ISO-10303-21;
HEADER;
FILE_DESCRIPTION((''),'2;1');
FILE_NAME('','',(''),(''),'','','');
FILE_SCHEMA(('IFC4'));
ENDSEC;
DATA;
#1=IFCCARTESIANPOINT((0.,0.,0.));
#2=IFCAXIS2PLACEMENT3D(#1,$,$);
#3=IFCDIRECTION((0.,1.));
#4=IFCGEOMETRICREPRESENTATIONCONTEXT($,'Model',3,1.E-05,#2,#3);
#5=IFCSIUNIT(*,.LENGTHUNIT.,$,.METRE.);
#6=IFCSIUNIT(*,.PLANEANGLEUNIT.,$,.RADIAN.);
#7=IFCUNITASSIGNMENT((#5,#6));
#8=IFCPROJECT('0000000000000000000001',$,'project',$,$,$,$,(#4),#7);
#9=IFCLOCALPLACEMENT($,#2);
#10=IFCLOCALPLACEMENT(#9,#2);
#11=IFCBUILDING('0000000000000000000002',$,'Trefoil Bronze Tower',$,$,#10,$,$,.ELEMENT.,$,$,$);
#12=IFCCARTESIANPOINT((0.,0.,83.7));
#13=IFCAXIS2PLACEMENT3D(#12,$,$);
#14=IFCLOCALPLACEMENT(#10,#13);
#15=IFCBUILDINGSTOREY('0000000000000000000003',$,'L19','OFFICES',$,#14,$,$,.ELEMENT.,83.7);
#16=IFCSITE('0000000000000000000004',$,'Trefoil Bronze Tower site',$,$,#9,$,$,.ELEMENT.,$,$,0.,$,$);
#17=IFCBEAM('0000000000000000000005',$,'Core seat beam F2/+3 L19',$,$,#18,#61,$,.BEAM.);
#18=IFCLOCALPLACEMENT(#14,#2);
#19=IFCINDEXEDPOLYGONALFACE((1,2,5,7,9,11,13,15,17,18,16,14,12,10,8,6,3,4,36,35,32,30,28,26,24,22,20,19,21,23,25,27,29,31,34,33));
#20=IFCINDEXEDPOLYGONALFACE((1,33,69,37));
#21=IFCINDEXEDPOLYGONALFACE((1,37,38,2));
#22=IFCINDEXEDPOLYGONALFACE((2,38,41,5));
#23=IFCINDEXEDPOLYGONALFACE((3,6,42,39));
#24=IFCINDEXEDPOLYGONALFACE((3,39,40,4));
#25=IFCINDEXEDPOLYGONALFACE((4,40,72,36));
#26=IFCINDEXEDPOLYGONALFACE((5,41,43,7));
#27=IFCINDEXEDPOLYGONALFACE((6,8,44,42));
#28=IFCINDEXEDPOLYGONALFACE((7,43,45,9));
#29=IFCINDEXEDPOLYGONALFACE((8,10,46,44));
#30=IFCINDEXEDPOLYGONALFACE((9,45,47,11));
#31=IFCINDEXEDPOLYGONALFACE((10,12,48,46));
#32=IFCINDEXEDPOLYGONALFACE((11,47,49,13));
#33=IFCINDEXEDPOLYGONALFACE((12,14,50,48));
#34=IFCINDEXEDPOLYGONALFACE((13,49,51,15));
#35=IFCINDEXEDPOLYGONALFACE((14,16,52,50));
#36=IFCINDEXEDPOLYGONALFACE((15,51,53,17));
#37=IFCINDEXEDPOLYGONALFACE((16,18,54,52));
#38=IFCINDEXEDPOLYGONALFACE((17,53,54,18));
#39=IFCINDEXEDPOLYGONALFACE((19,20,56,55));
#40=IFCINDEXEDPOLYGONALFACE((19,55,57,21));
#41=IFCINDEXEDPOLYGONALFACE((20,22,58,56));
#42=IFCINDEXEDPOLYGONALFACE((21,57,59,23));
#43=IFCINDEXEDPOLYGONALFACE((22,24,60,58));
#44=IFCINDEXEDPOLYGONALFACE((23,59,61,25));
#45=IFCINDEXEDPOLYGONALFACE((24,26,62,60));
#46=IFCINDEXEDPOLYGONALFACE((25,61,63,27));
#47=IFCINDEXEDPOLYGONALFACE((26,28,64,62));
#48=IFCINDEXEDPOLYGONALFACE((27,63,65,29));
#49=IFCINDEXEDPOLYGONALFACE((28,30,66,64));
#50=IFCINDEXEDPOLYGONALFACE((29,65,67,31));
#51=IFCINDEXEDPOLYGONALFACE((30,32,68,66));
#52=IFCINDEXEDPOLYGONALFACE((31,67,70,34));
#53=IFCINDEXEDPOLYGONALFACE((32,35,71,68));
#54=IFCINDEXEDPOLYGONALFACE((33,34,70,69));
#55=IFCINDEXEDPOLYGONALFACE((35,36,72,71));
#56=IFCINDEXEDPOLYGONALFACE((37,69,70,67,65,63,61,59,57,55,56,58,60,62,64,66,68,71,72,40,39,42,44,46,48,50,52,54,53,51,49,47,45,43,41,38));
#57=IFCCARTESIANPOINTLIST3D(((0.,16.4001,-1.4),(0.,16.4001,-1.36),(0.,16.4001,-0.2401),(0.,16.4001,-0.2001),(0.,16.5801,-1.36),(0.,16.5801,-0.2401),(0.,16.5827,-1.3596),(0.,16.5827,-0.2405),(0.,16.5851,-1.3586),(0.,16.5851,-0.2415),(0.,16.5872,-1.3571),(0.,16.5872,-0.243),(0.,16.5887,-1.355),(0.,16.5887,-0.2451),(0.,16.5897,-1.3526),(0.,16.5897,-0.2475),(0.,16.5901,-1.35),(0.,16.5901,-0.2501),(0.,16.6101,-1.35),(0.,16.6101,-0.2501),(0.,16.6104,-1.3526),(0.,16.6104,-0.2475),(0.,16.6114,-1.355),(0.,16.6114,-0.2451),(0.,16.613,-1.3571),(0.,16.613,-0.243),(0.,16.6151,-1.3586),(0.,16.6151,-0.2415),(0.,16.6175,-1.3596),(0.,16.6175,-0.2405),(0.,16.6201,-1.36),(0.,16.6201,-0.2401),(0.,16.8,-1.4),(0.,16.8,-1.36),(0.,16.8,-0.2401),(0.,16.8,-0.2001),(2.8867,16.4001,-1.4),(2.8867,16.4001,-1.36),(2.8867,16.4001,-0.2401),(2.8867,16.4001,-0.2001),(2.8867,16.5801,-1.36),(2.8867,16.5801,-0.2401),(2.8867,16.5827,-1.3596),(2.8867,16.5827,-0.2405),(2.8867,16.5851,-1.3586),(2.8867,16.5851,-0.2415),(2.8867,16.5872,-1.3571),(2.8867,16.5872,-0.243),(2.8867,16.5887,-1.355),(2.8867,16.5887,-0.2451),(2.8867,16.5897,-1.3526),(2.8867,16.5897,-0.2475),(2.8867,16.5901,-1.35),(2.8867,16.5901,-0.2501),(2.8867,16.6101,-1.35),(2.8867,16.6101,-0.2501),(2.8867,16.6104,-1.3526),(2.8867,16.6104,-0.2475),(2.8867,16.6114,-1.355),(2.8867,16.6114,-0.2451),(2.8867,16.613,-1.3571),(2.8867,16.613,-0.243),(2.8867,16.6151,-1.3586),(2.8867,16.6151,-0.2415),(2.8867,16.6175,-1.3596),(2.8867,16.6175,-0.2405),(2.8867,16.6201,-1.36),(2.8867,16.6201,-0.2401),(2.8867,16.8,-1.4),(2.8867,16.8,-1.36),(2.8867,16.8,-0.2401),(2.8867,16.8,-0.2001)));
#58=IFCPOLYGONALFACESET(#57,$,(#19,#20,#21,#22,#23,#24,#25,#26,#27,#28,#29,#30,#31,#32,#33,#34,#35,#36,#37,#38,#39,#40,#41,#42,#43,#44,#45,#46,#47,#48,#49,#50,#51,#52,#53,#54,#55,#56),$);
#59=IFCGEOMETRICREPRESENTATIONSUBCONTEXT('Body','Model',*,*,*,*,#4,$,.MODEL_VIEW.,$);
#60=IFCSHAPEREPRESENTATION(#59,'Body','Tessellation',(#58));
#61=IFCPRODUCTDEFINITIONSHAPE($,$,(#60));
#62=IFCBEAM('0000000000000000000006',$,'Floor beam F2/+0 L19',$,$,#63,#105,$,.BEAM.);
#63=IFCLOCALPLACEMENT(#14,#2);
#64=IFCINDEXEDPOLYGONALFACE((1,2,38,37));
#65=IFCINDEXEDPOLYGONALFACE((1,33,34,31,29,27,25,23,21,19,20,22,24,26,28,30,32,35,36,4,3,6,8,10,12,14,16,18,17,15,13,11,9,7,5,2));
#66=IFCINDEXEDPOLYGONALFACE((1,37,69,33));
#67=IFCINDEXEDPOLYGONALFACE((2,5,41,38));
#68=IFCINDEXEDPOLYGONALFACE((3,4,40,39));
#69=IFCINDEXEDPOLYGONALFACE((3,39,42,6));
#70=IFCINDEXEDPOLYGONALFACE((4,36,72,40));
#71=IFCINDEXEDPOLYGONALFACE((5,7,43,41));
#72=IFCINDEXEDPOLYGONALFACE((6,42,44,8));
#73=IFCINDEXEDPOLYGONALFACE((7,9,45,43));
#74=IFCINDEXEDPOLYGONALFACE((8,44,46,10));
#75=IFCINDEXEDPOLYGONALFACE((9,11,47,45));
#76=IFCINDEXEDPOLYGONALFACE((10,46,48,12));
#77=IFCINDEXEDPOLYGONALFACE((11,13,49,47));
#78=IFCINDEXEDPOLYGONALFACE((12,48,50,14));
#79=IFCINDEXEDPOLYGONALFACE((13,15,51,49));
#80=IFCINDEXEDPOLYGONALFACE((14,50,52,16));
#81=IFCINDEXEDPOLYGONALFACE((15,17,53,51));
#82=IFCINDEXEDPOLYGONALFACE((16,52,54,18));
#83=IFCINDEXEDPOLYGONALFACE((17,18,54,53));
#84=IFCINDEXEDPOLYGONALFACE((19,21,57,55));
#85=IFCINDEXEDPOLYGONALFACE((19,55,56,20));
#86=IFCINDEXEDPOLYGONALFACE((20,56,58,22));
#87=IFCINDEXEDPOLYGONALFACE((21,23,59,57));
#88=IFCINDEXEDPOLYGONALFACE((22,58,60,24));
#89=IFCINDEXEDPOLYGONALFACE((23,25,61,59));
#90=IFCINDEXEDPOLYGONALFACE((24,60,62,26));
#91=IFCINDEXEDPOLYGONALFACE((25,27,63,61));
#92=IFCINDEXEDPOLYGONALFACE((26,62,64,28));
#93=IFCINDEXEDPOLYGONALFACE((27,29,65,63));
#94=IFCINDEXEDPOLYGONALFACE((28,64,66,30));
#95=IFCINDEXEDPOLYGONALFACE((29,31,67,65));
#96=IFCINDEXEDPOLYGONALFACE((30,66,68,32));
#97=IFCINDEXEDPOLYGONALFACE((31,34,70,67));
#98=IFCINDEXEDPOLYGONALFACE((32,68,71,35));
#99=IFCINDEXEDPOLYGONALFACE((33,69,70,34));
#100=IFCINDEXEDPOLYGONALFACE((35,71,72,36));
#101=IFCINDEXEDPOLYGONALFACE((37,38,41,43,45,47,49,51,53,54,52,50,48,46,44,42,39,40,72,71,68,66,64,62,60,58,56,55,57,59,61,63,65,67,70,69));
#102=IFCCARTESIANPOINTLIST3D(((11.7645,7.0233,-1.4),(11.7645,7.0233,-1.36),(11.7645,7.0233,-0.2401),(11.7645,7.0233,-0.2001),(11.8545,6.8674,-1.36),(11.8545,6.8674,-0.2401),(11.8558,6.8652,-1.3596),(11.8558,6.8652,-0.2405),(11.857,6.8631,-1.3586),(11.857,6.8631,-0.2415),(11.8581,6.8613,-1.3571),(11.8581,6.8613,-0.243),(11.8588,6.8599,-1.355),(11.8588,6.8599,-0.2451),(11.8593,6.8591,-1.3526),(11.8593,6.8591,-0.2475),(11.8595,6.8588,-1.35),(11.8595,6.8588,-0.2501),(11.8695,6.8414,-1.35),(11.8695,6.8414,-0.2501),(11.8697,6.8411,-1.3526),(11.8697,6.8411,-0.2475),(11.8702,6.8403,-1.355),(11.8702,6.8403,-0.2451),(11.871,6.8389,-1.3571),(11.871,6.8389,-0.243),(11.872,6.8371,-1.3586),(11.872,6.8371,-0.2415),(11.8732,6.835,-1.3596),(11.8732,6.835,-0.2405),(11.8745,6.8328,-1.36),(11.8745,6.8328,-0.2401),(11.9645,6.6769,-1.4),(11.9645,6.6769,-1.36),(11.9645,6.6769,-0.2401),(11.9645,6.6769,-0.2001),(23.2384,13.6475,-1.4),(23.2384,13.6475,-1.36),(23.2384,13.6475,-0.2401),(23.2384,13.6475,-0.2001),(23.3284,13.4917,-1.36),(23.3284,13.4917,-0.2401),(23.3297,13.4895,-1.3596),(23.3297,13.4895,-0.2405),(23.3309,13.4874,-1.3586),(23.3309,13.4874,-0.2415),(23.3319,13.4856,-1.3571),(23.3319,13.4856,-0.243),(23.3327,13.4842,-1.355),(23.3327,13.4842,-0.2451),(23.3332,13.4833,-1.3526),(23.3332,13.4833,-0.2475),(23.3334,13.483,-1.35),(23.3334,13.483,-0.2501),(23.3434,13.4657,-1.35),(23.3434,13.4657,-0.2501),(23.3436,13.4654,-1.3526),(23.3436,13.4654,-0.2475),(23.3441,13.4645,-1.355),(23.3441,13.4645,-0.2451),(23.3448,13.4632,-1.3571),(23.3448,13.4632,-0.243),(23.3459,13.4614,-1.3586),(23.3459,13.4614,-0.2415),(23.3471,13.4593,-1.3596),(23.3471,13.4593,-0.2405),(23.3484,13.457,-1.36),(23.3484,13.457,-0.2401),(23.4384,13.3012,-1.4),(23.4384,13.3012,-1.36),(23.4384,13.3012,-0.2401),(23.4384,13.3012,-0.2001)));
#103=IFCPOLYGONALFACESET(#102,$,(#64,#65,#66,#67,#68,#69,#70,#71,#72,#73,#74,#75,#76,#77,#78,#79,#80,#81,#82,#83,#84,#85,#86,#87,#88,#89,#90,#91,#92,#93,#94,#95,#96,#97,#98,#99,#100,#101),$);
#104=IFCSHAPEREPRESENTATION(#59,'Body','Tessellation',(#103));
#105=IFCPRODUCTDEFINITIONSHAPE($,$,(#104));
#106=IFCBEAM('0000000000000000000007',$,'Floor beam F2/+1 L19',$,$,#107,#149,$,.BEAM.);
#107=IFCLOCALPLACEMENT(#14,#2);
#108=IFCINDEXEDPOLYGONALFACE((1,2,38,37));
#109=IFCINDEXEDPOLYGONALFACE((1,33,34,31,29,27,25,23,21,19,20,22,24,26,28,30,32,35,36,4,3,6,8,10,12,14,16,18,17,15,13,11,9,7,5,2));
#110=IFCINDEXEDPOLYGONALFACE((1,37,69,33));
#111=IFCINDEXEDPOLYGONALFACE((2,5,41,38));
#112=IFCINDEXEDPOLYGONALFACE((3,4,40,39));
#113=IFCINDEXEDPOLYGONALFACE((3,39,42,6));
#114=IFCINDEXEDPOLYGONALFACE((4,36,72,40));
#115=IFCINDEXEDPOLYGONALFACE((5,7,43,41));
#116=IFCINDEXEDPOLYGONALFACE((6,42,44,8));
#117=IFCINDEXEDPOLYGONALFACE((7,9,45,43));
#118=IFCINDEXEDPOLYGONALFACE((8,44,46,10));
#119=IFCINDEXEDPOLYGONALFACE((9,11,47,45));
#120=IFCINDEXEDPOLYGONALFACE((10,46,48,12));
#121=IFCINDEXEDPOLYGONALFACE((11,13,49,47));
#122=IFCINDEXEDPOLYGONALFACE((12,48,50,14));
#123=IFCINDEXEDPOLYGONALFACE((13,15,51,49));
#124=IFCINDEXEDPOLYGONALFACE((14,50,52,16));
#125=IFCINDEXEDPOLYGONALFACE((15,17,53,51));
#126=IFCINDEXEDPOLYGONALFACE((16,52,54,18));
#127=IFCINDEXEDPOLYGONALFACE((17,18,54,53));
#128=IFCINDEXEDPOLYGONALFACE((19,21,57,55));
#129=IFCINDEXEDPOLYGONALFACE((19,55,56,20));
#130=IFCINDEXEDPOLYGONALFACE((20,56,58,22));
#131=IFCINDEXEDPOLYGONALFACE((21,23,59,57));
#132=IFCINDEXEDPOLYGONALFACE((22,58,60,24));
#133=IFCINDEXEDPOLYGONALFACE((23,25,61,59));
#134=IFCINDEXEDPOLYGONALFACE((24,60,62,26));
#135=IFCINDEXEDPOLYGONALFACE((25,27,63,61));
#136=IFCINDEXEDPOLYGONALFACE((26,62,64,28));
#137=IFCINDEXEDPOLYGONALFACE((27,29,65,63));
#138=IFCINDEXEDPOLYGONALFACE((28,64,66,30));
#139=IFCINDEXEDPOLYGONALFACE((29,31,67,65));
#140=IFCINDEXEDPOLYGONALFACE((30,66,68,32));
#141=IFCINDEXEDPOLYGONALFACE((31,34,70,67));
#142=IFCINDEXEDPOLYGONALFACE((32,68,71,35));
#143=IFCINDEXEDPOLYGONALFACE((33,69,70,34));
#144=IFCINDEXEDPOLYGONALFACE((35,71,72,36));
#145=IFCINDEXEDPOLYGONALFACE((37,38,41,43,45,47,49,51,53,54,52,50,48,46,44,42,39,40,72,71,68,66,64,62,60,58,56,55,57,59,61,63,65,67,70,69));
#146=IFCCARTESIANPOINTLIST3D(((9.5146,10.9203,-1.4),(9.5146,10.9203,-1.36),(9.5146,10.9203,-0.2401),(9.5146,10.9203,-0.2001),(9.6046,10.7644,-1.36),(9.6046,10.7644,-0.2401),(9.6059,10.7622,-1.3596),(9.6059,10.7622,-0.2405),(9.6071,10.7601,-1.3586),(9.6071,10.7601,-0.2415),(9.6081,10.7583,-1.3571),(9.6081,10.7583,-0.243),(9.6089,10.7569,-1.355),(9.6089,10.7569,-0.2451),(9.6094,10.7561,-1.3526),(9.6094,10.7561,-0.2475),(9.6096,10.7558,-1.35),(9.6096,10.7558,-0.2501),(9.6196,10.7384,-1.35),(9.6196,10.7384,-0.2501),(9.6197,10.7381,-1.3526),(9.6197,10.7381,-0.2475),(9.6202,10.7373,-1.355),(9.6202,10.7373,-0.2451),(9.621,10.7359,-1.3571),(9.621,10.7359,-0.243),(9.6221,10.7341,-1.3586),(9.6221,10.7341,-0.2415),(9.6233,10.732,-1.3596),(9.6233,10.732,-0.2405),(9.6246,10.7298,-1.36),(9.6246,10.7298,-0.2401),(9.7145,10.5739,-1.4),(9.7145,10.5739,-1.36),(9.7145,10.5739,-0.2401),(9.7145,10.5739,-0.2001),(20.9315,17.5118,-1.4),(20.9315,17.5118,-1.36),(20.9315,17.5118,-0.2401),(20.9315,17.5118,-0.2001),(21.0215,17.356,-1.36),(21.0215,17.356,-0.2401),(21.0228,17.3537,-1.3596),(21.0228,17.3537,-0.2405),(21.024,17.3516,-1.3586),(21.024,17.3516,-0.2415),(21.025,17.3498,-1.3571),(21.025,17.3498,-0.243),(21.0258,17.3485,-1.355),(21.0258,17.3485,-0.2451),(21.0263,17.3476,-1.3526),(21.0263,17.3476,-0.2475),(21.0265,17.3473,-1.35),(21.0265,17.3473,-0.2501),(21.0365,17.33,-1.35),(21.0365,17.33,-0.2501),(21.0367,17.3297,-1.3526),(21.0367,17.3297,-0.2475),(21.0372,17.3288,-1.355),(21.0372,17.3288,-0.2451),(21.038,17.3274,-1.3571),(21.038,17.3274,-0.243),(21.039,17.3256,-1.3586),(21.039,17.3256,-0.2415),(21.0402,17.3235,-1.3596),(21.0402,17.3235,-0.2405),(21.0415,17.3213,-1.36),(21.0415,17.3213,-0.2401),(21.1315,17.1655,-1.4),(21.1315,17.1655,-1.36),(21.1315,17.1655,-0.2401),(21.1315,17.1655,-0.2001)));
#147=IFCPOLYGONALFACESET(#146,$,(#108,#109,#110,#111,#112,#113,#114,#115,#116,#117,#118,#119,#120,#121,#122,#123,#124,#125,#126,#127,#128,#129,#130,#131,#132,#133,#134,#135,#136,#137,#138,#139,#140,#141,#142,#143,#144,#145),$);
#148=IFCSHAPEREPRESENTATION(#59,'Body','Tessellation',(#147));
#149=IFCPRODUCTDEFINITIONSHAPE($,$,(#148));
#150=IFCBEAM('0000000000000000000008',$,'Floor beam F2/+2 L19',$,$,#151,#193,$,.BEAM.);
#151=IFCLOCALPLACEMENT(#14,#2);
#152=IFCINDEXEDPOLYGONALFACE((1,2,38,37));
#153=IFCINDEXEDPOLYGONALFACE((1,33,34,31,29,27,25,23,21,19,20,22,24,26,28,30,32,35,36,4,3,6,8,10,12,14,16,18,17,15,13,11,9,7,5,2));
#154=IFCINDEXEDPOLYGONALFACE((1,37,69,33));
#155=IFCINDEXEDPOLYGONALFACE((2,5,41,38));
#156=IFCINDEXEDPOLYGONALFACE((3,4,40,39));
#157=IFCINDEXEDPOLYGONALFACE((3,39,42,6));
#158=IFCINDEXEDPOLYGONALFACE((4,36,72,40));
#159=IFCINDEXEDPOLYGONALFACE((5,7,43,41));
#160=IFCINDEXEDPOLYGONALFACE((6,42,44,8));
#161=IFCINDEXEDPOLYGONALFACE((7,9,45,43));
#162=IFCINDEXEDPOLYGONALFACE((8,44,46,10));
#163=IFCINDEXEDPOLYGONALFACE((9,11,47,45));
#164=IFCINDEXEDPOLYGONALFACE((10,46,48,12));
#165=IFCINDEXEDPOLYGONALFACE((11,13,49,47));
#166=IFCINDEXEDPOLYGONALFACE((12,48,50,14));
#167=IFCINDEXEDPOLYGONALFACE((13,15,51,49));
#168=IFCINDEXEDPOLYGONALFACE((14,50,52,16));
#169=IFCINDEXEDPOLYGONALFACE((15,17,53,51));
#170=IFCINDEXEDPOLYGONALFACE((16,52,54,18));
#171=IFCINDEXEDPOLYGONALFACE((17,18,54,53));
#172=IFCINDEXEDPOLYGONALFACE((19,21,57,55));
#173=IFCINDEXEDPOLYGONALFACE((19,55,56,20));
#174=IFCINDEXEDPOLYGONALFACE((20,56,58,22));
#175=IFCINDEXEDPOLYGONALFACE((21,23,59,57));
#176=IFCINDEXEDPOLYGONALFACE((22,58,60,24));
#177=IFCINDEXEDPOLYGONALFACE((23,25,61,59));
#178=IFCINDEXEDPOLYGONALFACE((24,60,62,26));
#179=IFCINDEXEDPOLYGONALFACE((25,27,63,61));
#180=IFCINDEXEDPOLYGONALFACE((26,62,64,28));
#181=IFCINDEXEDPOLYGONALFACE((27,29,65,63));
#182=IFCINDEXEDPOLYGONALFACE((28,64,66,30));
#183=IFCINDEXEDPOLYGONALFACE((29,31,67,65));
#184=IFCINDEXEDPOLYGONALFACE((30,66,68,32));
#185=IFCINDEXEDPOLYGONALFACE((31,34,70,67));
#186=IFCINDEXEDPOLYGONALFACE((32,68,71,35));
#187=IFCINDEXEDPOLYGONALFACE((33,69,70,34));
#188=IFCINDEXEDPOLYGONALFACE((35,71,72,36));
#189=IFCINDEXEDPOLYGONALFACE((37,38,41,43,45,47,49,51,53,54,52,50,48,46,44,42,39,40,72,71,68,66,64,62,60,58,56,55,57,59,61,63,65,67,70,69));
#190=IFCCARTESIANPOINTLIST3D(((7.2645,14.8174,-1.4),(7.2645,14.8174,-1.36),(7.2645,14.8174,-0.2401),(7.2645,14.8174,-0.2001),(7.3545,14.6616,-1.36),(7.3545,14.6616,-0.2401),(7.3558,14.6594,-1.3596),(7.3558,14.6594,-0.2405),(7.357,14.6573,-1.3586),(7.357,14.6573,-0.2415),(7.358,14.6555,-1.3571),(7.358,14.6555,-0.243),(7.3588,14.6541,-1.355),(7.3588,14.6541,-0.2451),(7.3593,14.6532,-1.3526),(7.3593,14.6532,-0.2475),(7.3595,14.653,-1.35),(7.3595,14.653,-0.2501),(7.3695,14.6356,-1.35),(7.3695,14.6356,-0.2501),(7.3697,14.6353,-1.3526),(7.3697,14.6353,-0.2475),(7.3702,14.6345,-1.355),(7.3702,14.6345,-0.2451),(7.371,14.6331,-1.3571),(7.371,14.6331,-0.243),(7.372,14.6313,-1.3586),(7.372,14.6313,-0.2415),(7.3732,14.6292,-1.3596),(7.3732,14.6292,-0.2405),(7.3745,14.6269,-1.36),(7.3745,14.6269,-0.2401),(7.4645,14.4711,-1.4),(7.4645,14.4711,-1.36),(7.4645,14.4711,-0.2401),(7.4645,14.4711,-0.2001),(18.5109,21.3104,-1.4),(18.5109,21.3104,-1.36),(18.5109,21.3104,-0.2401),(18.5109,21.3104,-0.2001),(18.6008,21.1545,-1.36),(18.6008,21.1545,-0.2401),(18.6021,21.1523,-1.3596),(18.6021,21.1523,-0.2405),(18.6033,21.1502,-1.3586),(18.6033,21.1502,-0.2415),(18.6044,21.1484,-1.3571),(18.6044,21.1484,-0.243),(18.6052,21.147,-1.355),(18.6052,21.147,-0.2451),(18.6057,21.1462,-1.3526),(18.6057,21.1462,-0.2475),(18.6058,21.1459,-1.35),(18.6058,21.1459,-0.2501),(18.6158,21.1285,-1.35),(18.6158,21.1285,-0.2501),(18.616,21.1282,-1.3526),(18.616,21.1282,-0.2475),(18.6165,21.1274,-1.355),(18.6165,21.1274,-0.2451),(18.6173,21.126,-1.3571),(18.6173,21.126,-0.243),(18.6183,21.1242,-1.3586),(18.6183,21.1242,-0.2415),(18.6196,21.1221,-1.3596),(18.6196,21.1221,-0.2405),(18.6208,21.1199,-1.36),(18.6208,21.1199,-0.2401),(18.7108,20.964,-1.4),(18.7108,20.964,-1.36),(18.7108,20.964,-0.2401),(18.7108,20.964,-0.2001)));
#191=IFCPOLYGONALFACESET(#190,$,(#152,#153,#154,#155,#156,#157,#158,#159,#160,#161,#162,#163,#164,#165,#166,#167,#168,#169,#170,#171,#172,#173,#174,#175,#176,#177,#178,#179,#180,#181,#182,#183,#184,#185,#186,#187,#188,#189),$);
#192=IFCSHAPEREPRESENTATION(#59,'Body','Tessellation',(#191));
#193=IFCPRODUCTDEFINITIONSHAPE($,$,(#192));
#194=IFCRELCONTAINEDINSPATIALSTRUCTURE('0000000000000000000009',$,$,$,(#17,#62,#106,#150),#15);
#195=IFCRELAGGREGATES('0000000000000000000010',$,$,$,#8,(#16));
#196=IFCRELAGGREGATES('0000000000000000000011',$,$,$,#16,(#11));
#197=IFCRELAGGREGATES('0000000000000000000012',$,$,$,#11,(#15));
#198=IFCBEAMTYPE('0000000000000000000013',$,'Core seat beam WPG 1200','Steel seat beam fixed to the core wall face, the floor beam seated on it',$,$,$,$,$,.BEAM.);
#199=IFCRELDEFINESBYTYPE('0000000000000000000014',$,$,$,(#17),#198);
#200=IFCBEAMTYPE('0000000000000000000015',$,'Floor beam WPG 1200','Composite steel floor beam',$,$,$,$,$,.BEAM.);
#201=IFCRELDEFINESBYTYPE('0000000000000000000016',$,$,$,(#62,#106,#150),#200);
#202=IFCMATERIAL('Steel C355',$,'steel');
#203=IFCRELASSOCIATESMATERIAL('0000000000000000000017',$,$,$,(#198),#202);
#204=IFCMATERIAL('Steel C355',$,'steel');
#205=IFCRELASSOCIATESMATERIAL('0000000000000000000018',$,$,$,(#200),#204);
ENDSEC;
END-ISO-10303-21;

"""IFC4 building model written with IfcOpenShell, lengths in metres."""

from ifc_helpers import new_model, si_unit, direction, frame, origin, origin_2d, place, context, subcontext, project, spatial, i_section, extrude, material, material_profile, profile_set, type_object, element, save


model = new_model("IFC4")

# Units and contexts
model_context = context("Model", 3, precision=1e-05, world=origin(), true_north=direction((0.0, 1.0)))
body_context = subcontext(model_context, "Body", "Model", "MODEL_VIEW")
ifc_project = project(units=[si_unit("LENGTHUNIT", "METRE"), si_unit("PLANEANGLEUNIT", "RADIAN")], contexts=[model_context])

# Site, building, storey
site_placement = place(None, origin())
site = spatial("IfcSite", under=ifc_project, at=site_placement, Name="Trefoil Bronze Tower site", CompositionType="ELEMENT", RefElevation=0.0)
building_placement = place(site_placement, origin())
building = spatial("IfcBuilding", under=site, at=building_placement, Name="Trefoil Bronze Tower", CompositionType="ELEMENT")
storey_placement = place(building_placement, frame((0.0, 0.0, 83.7)))
storey = spatial("IfcBuildingStorey", under=building, at=storey_placement, Name="L19", Description="OFFICES", CompositionType="ELEMENT", Elevation=83.7)

# Beams
ifc_material_1 = material(Name="Steel C355", Category="steel")
ifc_material_profile_1 = material_profile(ifc_material_1, i_section(OverallWidth=0.3999, OverallDepth=1.2, WebThickness=0.02, FlangeThickness=0.04, FilletRadius=0.01, at=origin_2d()), Name="WPG 1200")
ifc_profile_set_1 = profile_set([ifc_material_profile_1], Name="Steel C355")
beam_type_1 = type_object("IfcBeamType", Name="Core seat beam WPG 1200", Description="Steel seat beam fixed to the core wall face, the floor beam seated on it", PredefinedType="BEAM", material=ifc_profile_set_1)
beam_1_placement = place(storey_placement, frame((2.8867, 16.6001, -0.8), z_axis=(-1.0, 0.0, 0.0), x_axis=(0.0, -1.0, 0.0)))
element("IfcBeam", 1, at=beam_1_placement, inside=storey, type_object=beam_type_1, Name="Core seat beam F2/+3 L19", PredefinedType="BEAM", context=body_context, shape_type="SweptSolid", body=[
    extrude(i_section(OverallWidth=0.3999, OverallDepth=1.2, WebThickness=0.02, FlangeThickness=0.04, FilletRadius=0.01, at=origin_2d()), origin(), (0.0, 0.0, 1.0), 2.8867),
])
ifc_material_2 = material(Name="Steel C355", Category="steel")
ifc_material_profile_2 = material_profile(ifc_material_2, i_section(OverallWidth=0.3999, OverallDepth=1.2, WebThickness=0.02, FlangeThickness=0.04, FilletRadius=0.01, at=origin_2d()), Name="WPG 1200")
ifc_profile_set_2 = profile_set([ifc_material_profile_2], Name="Steel C355")
beam_type_2 = type_object("IfcBeamType", Name="Floor beam WPG 1200", Description="Composite steel floor beam", PredefinedType="BEAM", material=ifc_profile_set_2)
beam_2_placement = place(storey_placement, frame((23.3384, 13.4744, -0.8), z_axis=(-0.866031, -0.49999, 0.0), x_axis=(0.49999, -0.866031, 0.0)))
element("IfcBeam", 2, at=beam_2_placement, inside=storey, type_object=beam_type_2, Name="Floor beam F2/+0 L19", PredefinedType="BEAM", context=body_context, shape_type="SweptSolid", body=[
    extrude(i_section(OverallWidth=0.3999, OverallDepth=1.2, WebThickness=0.02, FlangeThickness=0.04, FilletRadius=0.01, at=origin_2d()), origin(), (0.0, 0.0, 1.0), 13.2488),
])
beam_3_placement = place(storey_placement, frame((21.0315, 17.3386, -0.8), z_axis=(-0.866027, -0.499997, 0.0), x_axis=(0.499997, -0.866027, 0.0)))
element("IfcBeam", 3, at=beam_3_placement, inside=storey, type_object=beam_type_2, Name="Floor beam F2/+1 L19", PredefinedType="BEAM", context=body_context, shape_type="SweptSolid", body=[
    extrude(i_section(OverallWidth=0.3999, OverallDepth=1.2, WebThickness=0.02, FlangeThickness=0.04, FilletRadius=0.01, at=origin_2d()), origin(), (0.0, 0.0, 1.0), 13.1831),
])
beam_4_placement = place(storey_placement, frame((18.6108, 21.1372, -0.8), z_axis=(-0.866031, -0.499991, 0.0), x_axis=(0.499991, -0.866031, 0.0)))
element("IfcBeam", 4, at=beam_4_placement, inside=storey, type_object=beam_type_2, Name="Floor beam F2/+2 L19", PredefinedType="BEAM", context=body_context, shape_type="SweptSolid", body=[
    extrude(i_section(OverallWidth=0.3999, OverallDepth=1.2, WebThickness=0.02, FlangeThickness=0.04, FilletRadius=0.01, at=origin_2d()), origin(), (0.0, 0.0, 1.0), 12.9861),
])

save(model, "model.ifc")
